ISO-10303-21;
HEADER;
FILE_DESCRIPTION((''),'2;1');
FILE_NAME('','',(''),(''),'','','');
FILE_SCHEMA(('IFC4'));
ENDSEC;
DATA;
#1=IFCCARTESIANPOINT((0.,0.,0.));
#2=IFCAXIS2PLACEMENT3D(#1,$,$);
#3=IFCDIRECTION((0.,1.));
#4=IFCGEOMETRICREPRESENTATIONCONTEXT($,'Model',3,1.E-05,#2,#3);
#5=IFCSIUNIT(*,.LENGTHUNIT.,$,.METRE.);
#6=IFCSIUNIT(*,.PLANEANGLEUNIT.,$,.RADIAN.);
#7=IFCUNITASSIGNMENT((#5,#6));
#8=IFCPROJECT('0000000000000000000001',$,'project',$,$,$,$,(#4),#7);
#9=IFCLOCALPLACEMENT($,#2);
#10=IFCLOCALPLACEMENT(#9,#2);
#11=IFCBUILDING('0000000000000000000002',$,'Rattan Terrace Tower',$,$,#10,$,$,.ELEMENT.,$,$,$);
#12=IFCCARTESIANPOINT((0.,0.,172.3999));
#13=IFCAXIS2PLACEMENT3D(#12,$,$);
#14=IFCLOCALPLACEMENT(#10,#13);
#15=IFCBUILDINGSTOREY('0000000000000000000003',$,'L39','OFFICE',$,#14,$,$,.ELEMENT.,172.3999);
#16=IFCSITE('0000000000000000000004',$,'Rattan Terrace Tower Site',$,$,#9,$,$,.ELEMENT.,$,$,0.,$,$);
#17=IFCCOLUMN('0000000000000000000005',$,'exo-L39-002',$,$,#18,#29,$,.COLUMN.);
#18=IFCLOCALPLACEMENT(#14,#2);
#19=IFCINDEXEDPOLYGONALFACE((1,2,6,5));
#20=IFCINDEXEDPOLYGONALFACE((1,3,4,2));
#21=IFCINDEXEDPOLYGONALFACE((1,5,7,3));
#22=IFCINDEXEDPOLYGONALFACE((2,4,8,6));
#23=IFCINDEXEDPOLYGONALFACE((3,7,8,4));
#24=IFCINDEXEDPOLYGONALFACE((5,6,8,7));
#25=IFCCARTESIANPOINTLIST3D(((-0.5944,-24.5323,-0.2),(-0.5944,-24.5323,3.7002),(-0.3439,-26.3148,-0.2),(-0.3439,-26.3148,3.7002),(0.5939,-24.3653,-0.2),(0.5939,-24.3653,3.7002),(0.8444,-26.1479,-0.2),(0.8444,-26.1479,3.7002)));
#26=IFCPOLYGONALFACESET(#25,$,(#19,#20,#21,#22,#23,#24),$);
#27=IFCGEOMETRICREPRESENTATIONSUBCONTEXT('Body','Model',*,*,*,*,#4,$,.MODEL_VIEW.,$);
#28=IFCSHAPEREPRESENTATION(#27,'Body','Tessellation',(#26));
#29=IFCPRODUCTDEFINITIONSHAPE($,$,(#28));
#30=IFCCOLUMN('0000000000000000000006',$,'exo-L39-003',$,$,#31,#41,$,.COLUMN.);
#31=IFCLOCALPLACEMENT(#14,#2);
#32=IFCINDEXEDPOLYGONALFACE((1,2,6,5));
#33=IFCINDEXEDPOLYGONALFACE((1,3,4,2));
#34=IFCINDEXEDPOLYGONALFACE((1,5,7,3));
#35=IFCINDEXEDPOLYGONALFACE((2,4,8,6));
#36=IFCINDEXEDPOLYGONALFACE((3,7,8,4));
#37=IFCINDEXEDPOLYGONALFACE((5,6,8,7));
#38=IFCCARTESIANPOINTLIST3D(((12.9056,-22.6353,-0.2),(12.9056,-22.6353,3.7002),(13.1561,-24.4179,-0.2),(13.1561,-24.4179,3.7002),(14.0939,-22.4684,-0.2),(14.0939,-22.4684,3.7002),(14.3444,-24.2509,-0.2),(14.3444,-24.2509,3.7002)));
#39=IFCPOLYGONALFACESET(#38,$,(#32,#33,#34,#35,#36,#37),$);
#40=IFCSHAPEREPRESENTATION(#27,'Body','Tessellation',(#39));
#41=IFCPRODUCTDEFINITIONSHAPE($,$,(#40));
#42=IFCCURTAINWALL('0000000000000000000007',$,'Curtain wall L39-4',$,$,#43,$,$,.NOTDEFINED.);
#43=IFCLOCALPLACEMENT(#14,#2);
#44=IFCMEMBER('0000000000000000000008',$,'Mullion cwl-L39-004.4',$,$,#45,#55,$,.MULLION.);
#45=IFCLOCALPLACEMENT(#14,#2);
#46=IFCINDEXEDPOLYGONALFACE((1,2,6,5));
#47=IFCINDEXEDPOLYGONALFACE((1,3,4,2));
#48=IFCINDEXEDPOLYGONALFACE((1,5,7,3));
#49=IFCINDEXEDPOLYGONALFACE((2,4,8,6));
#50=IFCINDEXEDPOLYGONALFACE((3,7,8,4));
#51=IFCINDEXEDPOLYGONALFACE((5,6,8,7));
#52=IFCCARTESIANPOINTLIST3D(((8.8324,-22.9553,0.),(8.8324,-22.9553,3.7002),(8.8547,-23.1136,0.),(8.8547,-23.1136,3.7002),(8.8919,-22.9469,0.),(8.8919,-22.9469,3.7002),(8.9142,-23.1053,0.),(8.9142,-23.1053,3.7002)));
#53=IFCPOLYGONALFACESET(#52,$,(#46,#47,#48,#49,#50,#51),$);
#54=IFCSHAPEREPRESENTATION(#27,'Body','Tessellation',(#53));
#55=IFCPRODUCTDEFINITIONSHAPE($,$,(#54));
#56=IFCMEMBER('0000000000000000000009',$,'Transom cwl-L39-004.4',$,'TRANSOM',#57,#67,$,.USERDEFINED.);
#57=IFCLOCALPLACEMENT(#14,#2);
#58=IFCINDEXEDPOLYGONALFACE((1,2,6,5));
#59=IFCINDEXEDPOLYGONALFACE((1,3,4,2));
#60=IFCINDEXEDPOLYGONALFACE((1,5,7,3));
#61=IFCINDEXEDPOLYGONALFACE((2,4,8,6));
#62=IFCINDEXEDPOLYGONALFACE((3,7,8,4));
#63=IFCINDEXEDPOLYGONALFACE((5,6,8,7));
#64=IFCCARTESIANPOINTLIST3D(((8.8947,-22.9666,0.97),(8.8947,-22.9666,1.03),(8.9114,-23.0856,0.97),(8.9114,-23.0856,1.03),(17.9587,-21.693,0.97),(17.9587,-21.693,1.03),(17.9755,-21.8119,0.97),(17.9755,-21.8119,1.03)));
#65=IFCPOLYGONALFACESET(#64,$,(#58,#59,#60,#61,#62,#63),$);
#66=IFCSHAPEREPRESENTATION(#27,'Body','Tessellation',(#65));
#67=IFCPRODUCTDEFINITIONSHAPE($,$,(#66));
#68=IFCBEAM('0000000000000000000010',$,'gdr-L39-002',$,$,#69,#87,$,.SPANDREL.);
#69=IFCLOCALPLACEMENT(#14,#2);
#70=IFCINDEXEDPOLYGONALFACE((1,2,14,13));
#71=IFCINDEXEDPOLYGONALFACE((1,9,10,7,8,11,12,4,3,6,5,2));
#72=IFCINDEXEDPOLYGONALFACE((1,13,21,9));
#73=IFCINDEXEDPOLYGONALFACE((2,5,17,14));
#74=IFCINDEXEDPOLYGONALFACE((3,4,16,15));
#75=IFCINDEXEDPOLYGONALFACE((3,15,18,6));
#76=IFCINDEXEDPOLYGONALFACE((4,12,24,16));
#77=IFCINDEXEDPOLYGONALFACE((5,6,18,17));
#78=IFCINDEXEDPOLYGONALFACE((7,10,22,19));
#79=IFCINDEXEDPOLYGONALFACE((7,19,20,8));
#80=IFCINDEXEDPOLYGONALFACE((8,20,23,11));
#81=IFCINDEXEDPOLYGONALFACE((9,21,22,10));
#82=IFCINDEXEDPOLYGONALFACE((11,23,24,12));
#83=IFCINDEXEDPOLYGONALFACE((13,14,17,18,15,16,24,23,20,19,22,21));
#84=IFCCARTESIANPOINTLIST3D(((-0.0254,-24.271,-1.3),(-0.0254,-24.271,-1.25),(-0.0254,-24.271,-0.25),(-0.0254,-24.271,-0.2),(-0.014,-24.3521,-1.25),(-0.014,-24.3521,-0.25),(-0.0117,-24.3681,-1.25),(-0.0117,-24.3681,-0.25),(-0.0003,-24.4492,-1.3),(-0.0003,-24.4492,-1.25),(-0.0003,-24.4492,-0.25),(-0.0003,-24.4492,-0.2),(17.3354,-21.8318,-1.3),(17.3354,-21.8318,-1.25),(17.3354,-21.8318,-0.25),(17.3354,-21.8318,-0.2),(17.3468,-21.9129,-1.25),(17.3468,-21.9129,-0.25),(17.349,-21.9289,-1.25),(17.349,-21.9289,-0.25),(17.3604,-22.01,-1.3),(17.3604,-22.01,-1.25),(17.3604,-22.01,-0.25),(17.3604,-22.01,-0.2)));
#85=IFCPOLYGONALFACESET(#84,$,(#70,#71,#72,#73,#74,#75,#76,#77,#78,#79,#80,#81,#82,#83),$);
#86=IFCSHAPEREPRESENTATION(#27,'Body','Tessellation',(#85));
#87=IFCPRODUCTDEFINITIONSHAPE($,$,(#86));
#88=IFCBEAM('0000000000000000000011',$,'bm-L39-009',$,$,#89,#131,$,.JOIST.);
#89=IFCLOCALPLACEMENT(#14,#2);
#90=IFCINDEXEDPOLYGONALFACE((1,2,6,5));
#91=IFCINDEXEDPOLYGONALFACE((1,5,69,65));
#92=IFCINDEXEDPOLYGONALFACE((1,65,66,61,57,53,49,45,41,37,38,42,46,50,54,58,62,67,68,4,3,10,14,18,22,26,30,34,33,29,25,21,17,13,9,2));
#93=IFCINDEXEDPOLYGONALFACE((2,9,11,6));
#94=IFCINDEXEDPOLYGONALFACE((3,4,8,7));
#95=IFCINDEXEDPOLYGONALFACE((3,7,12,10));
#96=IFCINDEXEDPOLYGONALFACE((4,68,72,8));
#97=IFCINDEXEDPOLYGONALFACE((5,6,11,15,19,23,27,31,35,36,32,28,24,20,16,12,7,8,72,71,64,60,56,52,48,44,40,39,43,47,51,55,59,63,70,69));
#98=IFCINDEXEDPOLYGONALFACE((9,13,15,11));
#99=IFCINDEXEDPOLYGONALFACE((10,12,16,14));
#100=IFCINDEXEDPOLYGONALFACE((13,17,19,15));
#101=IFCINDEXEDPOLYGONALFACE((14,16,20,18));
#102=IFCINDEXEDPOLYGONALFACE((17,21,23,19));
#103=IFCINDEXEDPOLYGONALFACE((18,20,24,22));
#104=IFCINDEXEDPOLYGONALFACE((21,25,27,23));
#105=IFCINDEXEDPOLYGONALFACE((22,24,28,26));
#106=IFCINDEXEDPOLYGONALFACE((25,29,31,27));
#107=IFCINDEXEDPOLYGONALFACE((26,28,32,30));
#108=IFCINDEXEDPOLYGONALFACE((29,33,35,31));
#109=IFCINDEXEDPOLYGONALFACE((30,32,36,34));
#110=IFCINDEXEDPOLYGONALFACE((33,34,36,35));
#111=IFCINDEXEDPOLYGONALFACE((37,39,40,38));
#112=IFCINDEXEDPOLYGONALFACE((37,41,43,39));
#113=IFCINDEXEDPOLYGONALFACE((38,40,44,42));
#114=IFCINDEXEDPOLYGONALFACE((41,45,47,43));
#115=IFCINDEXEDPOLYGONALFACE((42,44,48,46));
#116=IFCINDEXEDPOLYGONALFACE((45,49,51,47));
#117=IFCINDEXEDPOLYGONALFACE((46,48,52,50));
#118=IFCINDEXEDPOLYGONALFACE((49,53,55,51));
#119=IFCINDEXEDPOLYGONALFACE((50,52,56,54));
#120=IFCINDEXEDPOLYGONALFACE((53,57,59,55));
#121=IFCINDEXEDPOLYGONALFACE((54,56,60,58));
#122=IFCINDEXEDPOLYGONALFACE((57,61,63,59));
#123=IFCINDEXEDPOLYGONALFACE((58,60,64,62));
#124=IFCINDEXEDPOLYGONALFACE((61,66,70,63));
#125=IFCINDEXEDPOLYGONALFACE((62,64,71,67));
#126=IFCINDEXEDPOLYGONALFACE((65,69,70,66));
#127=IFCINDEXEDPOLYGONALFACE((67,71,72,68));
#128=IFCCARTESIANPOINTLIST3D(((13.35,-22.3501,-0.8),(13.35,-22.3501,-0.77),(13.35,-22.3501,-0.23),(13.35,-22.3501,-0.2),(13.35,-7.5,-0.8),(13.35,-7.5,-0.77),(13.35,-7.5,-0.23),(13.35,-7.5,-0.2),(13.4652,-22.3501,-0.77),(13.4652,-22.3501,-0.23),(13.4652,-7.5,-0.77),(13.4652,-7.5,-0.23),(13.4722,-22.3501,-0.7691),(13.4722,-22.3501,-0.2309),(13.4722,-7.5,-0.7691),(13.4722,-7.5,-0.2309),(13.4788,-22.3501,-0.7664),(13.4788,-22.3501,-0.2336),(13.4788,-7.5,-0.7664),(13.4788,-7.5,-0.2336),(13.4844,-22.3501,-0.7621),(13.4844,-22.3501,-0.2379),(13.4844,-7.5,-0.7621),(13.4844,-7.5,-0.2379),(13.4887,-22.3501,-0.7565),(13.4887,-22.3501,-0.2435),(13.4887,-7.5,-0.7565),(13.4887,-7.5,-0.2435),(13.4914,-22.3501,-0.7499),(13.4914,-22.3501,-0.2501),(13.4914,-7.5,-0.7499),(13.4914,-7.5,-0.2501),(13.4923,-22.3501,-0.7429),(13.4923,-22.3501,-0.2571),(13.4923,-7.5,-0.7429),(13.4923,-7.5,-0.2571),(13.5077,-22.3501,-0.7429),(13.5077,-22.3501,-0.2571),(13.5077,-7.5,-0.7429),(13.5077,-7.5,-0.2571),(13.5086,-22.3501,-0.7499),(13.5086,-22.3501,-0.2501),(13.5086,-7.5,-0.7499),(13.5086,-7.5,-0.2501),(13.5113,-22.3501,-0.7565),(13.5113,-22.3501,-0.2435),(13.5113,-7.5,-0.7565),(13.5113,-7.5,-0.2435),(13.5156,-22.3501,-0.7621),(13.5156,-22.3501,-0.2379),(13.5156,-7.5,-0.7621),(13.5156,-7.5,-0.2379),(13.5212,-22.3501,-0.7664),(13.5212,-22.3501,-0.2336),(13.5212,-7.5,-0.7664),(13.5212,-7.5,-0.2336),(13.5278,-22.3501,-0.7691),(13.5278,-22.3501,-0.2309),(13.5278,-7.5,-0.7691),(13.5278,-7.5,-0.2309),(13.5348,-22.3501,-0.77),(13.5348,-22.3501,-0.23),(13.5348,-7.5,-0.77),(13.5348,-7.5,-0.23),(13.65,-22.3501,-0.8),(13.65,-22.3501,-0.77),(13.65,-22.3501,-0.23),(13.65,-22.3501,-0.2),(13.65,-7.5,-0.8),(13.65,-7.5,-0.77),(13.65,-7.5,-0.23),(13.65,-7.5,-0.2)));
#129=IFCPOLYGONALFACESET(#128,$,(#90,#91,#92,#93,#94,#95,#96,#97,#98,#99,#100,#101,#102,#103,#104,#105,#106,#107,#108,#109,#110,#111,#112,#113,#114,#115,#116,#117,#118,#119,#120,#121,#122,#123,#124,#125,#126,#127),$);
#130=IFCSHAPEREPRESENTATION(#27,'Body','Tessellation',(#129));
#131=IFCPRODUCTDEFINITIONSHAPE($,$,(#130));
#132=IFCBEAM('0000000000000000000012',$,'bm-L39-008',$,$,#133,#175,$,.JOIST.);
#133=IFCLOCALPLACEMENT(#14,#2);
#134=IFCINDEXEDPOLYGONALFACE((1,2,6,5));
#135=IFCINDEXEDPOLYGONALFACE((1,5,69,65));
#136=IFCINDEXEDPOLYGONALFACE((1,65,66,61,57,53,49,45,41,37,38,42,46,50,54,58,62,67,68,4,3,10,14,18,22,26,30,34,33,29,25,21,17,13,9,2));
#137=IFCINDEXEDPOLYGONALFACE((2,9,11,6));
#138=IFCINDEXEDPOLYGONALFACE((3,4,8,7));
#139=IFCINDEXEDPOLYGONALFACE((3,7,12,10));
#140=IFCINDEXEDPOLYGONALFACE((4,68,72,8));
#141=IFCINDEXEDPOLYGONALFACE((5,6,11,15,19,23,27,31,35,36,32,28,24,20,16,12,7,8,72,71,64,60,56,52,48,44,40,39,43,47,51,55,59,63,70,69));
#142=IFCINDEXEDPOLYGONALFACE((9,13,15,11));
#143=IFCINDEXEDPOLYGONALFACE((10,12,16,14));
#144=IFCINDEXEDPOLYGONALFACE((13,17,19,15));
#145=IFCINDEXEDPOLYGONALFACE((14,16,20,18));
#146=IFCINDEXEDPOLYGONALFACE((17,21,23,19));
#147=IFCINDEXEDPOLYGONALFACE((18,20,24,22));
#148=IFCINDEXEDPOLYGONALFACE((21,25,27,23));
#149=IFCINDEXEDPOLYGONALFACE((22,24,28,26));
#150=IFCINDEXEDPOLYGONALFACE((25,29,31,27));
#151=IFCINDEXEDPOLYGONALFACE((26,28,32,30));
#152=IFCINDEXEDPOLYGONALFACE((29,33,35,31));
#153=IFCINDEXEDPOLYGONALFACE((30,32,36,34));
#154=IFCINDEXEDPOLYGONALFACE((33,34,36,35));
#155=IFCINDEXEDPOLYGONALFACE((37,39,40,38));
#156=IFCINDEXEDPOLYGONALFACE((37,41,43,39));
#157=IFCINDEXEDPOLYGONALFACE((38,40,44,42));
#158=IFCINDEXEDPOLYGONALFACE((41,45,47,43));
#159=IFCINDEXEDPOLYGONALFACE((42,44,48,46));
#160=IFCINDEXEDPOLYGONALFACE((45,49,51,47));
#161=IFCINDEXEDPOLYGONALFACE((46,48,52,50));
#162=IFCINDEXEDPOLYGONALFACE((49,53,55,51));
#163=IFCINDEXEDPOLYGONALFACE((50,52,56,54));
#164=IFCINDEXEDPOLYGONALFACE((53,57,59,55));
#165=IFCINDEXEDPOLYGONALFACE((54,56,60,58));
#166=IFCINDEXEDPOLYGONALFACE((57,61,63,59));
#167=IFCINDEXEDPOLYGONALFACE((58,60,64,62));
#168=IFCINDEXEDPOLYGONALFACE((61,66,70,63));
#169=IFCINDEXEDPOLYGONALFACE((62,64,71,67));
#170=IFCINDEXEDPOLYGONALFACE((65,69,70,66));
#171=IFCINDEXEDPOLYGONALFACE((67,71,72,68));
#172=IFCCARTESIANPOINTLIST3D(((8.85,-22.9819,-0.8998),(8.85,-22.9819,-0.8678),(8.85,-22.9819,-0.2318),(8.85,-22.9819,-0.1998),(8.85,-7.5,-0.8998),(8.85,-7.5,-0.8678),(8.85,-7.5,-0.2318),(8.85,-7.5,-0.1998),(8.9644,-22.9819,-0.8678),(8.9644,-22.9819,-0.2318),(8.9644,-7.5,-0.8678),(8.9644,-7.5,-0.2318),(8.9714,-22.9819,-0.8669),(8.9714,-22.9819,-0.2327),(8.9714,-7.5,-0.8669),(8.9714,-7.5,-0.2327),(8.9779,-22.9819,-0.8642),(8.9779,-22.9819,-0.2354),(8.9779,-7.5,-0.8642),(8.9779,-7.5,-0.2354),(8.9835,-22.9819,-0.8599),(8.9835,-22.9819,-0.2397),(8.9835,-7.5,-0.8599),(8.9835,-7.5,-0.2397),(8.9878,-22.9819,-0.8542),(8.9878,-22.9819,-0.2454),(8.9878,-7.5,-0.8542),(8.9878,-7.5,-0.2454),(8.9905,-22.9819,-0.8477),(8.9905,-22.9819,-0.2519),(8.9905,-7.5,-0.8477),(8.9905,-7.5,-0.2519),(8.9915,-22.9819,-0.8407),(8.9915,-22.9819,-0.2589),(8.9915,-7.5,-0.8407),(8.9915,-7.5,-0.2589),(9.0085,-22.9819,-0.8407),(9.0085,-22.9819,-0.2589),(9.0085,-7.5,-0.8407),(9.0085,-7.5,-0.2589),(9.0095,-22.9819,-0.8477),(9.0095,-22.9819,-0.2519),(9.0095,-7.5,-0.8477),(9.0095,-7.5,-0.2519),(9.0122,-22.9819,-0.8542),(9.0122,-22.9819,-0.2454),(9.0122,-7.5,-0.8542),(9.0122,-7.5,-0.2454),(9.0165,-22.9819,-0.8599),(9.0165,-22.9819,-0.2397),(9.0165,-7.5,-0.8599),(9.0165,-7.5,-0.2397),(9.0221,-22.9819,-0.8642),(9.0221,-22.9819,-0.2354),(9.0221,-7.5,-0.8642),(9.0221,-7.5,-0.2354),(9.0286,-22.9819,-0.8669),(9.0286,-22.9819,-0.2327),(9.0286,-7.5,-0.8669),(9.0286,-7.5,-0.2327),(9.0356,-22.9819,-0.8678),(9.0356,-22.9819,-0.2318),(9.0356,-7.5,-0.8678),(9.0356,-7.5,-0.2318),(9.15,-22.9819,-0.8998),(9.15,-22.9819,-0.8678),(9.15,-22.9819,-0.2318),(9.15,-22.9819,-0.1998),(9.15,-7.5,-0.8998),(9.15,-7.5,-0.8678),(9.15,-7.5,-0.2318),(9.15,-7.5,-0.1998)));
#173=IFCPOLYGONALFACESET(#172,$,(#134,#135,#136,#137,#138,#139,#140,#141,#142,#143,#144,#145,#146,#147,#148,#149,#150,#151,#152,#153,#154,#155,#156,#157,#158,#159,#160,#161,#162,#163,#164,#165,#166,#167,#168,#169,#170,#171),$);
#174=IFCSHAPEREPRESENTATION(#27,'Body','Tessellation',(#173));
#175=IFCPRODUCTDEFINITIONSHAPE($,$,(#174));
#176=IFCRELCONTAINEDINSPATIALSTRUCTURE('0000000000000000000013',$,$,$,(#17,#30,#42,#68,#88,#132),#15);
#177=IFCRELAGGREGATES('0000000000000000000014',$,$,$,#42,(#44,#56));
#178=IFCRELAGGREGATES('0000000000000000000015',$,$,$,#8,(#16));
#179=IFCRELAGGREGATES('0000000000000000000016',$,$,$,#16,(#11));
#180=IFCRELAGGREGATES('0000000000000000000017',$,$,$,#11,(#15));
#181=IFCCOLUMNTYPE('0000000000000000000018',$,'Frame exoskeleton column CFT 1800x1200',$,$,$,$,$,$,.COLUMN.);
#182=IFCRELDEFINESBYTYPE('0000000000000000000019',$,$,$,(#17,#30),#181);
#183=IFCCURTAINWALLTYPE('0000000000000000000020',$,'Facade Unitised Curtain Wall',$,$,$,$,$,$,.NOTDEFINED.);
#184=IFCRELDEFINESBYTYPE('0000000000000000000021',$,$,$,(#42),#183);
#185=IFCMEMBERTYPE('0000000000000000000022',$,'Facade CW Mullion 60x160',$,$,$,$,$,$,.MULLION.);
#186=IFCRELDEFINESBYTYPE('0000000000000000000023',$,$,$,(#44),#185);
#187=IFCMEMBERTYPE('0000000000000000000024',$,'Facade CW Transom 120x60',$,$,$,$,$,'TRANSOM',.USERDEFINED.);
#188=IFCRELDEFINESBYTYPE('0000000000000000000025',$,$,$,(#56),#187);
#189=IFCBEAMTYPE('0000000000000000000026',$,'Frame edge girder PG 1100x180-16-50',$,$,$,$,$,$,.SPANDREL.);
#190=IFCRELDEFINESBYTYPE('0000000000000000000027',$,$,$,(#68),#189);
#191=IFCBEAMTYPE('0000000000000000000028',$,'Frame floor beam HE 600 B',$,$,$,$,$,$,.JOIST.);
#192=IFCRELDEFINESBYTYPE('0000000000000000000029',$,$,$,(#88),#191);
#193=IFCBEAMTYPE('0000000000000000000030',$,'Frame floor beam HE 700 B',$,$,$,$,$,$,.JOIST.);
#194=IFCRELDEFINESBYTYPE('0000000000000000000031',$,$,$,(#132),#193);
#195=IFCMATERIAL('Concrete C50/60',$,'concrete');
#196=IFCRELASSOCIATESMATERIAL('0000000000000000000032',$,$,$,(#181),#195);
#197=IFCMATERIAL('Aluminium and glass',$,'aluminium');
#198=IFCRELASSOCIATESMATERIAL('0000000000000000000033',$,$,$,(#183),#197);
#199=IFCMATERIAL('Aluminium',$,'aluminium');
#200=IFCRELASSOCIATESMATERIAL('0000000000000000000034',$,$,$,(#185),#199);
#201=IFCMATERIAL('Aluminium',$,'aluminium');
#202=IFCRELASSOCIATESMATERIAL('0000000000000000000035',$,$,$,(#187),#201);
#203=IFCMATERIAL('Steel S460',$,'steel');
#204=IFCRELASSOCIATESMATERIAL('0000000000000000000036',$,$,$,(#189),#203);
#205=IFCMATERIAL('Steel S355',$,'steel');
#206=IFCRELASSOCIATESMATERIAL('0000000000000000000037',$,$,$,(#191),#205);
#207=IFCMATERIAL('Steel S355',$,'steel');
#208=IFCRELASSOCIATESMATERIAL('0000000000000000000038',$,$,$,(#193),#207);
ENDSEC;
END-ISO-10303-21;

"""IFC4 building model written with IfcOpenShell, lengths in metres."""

from ifc_helpers import new_model, si_unit, direction, frame, origin, origin_2d, place, context, subcontext, project, spatial, rectangle, i_section, extrude, material, material_profile, profile_set, type_object, element, aggregate, save


model = new_model("IFC4")

# Units and contexts
model_context = context("Model", 3, precision=1e-05, world=origin(), true_north=direction((0.0, 1.0)))
body_context = subcontext(model_context, "Body", "Model", "MODEL_VIEW")
ifc_project = project(units=[si_unit("LENGTHUNIT", "METRE"), si_unit("PLANEANGLEUNIT", "RADIAN")], contexts=[model_context])

# Site, building, storey
site_placement = place(None, origin())
site = spatial("IfcSite", under=ifc_project, at=site_placement, Name="Rattan Terrace Tower Site", CompositionType="ELEMENT", RefElevation=0.0)
building_placement = place(site_placement, origin())
building = spatial("IfcBuilding", under=site, at=building_placement, Name="Rattan Terrace Tower", CompositionType="ELEMENT")
storey_placement = place(building_placement, frame((0.0, 0.0, 172.3999)))
storey = spatial("IfcBuildingStorey", under=building, at=storey_placement, Name="L39", Description="OFFICE", CompositionType="ELEMENT", Elevation=172.3999)

# Columns
ifc_material_1 = material(Name="Concrete C50/60", Category="concrete")
ifc_material_profile_1 = material_profile(ifc_material_1, rectangle(XDim=1.2, YDim=1.8, at=origin_2d()), Name="CFT 1800x1200")
ifc_profile_set_1 = profile_set([ifc_material_profile_1], Name="Concrete C50/60")
column_type = type_object("IfcColumnType", Name="Frame exoskeleton column CFT 1800x1200", PredefinedType="COLUMN", material=ifc_profile_set_1)
for number, where, z_axis, x_axis, name in (
    (1, (0.125, -25.3401, -0.2), (0.0, 0.0, 1.0), (0.99027, 0.139156, 0.0), "exo-L39-002"),
    (2, (13.625, -23.4431, -0.2), (0.0, 0.0, 1.0), (0.99027, 0.139156, 0.0), "exo-L39-003"),
):
    element("IfcColumn", number, at=place(storey_placement, frame(where, z_axis=z_axis, x_axis=x_axis)), inside=storey, type_object=column_type, Name=name, PredefinedType="COLUMN", context=body_context, shape_type="SweptSolid", body=[
        extrude(rectangle(XDim=1.2, YDim=1.8, at=origin_2d()), origin(), (0.0, 0.0, 1.0), 3.9001),
    ])

# Curtain wall, members
ifc_material_2 = material(Name="Aluminium and glass", Category="aluminium")
curtain_wall_type = type_object("IfcCurtainWallType", Name="Facade Unitised Curtain Wall", PredefinedType="NOTDEFINED", material=ifc_material_2)
curtain_wall_placement = place(storey_placement, origin())
curtain_wall = element("IfcCurtainWall", 3, at=curtain_wall_placement, inside=storey, type_object=curtain_wall_type, Name="Curtain wall L39-4", PredefinedType="NOTDEFINED")
ifc_material_3 = material(Name="Aluminium", Category="aluminium")
ifc_material_profile_2 = material_profile(ifc_material_3, rectangle(XDim=0.0601, YDim=0.1599, at=origin_2d()), Name="Aluminium 60x160")
ifc_profile_set_2 = profile_set([ifc_material_profile_2], Name="Aluminium")
member_type_1 = type_object("IfcMemberType", Name="Facade CW Mullion 60x160", PredefinedType="MULLION", material=ifc_profile_set_2)
member_1_placement = place(storey_placement, frame((8.8733, -23.0303, 0.0), z_axis=(0.0, 0.0, 1.0), x_axis=(0.99027, 0.139161, 0.0)))
member_1 = element("IfcMember", 4, at=member_1_placement, type_object=member_type_1, Name="Mullion cwl-L39-004.4", PredefinedType="MULLION", context=body_context, shape_type="SweptSolid", body=[
    extrude(rectangle(XDim=0.0601, YDim=0.1599, at=origin_2d()), origin(), (0.0, 0.0, 1.0), 3.7002),
])
ifc_material_4 = material(Name="Aluminium", Category="aluminium")
ifc_material_profile_3 = material_profile(ifc_material_4, rectangle(XDim=0.1201, YDim=0.0601, at=origin_2d()), Name="Aluminium 120x60")
ifc_profile_set_3 = profile_set([ifc_material_profile_3], Name="Aluminium")
member_type_2 = type_object("IfcMemberType", Name="Facade CW Transom 120x60", ElementType="TRANSOM", PredefinedType="USERDEFINED", material=ifc_profile_set_3)
member_2_placement = place(storey_placement, frame((8.9031, -23.0261, 1.0), z_axis=(0.990271, 0.139154, 0.0), x_axis=(-0.139154, 0.990271, 0.0)))
member_2 = element("IfcMember", 5, at=member_2_placement, type_object=member_type_2, Name="Transom cwl-L39-004.4", ObjectType="TRANSOM", PredefinedType="USERDEFINED", context=body_context, shape_type="SweptSolid", body=[
    extrude(rectangle(XDim=0.1201, YDim=0.0601, at=origin_2d()), origin(), (0.0, 0.0, 1.0), 9.1531),
])

# Beams
ifc_material_5 = material(Name="Steel S460", Category="steel")
ifc_material_profile_4 = material_profile(ifc_material_5, i_section(OverallWidth=0.1799, OverallDepth=1.1001, WebThickness=0.0161, FlangeThickness=0.05, at=origin_2d()), Name="PG 1100x180-16-50")
ifc_profile_set_4 = profile_set([ifc_material_profile_4], Name="Steel S460")
beam_type_1 = type_object("IfcBeamType", Name="Frame edge girder PG 1100x180-16-50", PredefinedType="SPANDREL", material=ifc_profile_set_4)
beam_1_placement = place(storey_placement, frame((17.3479, -21.9209, -0.75), z_axis=(-0.990274, -0.139134, 0.0), x_axis=(0.139134, -0.990274, 0.0)))
element("IfcBeam", 6, at=beam_1_placement, inside=storey, type_object=beam_type_1, Name="gdr-L39-002", PredefinedType="SPANDREL", context=body_context, shape_type="SweptSolid", body=[
    extrude(i_section(OverallWidth=0.1799, OverallDepth=1.1001, WebThickness=0.0161, FlangeThickness=0.05, at=origin_2d()), origin(), (0.0, 0.0, 1.0), 17.5312),
])
ifc_material_6 = material(Name="Steel S355", Category="steel")
ifc_material_profile_5 = material_profile(ifc_material_6, i_section(OverallWidth=0.3, OverallDepth=0.6001, WebThickness=0.0154, FlangeThickness=0.03, FilletRadius=0.0271, at=origin_2d()), Name="HE 600 B")
ifc_profile_set_5 = profile_set([ifc_material_profile_5], Name="Steel S355")
beam_type_2 = type_object("IfcBeamType", Name="Frame floor beam HE 600 B", PredefinedType="JOIST", material=ifc_profile_set_5)
beam_2_placement = place(storey_placement, frame((13.5, -22.3501, -0.5), z_axis=(0.0, 1.0, 0.0), x_axis=(-1.0, 0.0, 0.0)))
element("IfcBeam", 7, at=beam_2_placement, inside=storey, type_object=beam_type_2, Name="bm-L39-009", PredefinedType="JOIST", context=body_context, shape_type="SweptSolid", body=[
    extrude(i_section(OverallWidth=0.3, OverallDepth=0.6001, WebThickness=0.0154, FlangeThickness=0.03, FilletRadius=0.0271, at=origin_2d()), origin(), (0.0, 0.0, 1.0), 14.8501),
])
ifc_material_7 = material(Name="Steel S355", Category="steel")
ifc_material_profile_6 = material_profile(ifc_material_7, i_section(OverallWidth=0.3, OverallDepth=0.7, WebThickness=0.0171, FlangeThickness=0.032, FilletRadius=0.0271, at=origin_2d()), Name="HE 700 B")
ifc_profile_set_6 = profile_set([ifc_material_profile_6], Name="Steel S355")
beam_type_3 = type_object("IfcBeamType", Name="Frame floor beam HE 700 B", PredefinedType="JOIST", material=ifc_profile_set_6)
beam_3_placement = place(storey_placement, frame((9.0, -22.9819, -0.5498), z_axis=(0.0, 1.0, 0.0), x_axis=(-1.0, 0.0, 0.0)))
element("IfcBeam", 8, at=beam_3_placement, inside=storey, type_object=beam_type_3, Name="bm-L39-008", PredefinedType="JOIST", context=body_context, shape_type="SweptSolid", body=[
    extrude(i_section(OverallWidth=0.3, OverallDepth=0.7, WebThickness=0.0171, FlangeThickness=0.032, FilletRadius=0.0271, at=origin_2d()), origin(), (0.0, 0.0, 1.0), 15.4819),
])

aggregate(curtain_wall, [member_1, member_2])

save(model, "model.ifc")
